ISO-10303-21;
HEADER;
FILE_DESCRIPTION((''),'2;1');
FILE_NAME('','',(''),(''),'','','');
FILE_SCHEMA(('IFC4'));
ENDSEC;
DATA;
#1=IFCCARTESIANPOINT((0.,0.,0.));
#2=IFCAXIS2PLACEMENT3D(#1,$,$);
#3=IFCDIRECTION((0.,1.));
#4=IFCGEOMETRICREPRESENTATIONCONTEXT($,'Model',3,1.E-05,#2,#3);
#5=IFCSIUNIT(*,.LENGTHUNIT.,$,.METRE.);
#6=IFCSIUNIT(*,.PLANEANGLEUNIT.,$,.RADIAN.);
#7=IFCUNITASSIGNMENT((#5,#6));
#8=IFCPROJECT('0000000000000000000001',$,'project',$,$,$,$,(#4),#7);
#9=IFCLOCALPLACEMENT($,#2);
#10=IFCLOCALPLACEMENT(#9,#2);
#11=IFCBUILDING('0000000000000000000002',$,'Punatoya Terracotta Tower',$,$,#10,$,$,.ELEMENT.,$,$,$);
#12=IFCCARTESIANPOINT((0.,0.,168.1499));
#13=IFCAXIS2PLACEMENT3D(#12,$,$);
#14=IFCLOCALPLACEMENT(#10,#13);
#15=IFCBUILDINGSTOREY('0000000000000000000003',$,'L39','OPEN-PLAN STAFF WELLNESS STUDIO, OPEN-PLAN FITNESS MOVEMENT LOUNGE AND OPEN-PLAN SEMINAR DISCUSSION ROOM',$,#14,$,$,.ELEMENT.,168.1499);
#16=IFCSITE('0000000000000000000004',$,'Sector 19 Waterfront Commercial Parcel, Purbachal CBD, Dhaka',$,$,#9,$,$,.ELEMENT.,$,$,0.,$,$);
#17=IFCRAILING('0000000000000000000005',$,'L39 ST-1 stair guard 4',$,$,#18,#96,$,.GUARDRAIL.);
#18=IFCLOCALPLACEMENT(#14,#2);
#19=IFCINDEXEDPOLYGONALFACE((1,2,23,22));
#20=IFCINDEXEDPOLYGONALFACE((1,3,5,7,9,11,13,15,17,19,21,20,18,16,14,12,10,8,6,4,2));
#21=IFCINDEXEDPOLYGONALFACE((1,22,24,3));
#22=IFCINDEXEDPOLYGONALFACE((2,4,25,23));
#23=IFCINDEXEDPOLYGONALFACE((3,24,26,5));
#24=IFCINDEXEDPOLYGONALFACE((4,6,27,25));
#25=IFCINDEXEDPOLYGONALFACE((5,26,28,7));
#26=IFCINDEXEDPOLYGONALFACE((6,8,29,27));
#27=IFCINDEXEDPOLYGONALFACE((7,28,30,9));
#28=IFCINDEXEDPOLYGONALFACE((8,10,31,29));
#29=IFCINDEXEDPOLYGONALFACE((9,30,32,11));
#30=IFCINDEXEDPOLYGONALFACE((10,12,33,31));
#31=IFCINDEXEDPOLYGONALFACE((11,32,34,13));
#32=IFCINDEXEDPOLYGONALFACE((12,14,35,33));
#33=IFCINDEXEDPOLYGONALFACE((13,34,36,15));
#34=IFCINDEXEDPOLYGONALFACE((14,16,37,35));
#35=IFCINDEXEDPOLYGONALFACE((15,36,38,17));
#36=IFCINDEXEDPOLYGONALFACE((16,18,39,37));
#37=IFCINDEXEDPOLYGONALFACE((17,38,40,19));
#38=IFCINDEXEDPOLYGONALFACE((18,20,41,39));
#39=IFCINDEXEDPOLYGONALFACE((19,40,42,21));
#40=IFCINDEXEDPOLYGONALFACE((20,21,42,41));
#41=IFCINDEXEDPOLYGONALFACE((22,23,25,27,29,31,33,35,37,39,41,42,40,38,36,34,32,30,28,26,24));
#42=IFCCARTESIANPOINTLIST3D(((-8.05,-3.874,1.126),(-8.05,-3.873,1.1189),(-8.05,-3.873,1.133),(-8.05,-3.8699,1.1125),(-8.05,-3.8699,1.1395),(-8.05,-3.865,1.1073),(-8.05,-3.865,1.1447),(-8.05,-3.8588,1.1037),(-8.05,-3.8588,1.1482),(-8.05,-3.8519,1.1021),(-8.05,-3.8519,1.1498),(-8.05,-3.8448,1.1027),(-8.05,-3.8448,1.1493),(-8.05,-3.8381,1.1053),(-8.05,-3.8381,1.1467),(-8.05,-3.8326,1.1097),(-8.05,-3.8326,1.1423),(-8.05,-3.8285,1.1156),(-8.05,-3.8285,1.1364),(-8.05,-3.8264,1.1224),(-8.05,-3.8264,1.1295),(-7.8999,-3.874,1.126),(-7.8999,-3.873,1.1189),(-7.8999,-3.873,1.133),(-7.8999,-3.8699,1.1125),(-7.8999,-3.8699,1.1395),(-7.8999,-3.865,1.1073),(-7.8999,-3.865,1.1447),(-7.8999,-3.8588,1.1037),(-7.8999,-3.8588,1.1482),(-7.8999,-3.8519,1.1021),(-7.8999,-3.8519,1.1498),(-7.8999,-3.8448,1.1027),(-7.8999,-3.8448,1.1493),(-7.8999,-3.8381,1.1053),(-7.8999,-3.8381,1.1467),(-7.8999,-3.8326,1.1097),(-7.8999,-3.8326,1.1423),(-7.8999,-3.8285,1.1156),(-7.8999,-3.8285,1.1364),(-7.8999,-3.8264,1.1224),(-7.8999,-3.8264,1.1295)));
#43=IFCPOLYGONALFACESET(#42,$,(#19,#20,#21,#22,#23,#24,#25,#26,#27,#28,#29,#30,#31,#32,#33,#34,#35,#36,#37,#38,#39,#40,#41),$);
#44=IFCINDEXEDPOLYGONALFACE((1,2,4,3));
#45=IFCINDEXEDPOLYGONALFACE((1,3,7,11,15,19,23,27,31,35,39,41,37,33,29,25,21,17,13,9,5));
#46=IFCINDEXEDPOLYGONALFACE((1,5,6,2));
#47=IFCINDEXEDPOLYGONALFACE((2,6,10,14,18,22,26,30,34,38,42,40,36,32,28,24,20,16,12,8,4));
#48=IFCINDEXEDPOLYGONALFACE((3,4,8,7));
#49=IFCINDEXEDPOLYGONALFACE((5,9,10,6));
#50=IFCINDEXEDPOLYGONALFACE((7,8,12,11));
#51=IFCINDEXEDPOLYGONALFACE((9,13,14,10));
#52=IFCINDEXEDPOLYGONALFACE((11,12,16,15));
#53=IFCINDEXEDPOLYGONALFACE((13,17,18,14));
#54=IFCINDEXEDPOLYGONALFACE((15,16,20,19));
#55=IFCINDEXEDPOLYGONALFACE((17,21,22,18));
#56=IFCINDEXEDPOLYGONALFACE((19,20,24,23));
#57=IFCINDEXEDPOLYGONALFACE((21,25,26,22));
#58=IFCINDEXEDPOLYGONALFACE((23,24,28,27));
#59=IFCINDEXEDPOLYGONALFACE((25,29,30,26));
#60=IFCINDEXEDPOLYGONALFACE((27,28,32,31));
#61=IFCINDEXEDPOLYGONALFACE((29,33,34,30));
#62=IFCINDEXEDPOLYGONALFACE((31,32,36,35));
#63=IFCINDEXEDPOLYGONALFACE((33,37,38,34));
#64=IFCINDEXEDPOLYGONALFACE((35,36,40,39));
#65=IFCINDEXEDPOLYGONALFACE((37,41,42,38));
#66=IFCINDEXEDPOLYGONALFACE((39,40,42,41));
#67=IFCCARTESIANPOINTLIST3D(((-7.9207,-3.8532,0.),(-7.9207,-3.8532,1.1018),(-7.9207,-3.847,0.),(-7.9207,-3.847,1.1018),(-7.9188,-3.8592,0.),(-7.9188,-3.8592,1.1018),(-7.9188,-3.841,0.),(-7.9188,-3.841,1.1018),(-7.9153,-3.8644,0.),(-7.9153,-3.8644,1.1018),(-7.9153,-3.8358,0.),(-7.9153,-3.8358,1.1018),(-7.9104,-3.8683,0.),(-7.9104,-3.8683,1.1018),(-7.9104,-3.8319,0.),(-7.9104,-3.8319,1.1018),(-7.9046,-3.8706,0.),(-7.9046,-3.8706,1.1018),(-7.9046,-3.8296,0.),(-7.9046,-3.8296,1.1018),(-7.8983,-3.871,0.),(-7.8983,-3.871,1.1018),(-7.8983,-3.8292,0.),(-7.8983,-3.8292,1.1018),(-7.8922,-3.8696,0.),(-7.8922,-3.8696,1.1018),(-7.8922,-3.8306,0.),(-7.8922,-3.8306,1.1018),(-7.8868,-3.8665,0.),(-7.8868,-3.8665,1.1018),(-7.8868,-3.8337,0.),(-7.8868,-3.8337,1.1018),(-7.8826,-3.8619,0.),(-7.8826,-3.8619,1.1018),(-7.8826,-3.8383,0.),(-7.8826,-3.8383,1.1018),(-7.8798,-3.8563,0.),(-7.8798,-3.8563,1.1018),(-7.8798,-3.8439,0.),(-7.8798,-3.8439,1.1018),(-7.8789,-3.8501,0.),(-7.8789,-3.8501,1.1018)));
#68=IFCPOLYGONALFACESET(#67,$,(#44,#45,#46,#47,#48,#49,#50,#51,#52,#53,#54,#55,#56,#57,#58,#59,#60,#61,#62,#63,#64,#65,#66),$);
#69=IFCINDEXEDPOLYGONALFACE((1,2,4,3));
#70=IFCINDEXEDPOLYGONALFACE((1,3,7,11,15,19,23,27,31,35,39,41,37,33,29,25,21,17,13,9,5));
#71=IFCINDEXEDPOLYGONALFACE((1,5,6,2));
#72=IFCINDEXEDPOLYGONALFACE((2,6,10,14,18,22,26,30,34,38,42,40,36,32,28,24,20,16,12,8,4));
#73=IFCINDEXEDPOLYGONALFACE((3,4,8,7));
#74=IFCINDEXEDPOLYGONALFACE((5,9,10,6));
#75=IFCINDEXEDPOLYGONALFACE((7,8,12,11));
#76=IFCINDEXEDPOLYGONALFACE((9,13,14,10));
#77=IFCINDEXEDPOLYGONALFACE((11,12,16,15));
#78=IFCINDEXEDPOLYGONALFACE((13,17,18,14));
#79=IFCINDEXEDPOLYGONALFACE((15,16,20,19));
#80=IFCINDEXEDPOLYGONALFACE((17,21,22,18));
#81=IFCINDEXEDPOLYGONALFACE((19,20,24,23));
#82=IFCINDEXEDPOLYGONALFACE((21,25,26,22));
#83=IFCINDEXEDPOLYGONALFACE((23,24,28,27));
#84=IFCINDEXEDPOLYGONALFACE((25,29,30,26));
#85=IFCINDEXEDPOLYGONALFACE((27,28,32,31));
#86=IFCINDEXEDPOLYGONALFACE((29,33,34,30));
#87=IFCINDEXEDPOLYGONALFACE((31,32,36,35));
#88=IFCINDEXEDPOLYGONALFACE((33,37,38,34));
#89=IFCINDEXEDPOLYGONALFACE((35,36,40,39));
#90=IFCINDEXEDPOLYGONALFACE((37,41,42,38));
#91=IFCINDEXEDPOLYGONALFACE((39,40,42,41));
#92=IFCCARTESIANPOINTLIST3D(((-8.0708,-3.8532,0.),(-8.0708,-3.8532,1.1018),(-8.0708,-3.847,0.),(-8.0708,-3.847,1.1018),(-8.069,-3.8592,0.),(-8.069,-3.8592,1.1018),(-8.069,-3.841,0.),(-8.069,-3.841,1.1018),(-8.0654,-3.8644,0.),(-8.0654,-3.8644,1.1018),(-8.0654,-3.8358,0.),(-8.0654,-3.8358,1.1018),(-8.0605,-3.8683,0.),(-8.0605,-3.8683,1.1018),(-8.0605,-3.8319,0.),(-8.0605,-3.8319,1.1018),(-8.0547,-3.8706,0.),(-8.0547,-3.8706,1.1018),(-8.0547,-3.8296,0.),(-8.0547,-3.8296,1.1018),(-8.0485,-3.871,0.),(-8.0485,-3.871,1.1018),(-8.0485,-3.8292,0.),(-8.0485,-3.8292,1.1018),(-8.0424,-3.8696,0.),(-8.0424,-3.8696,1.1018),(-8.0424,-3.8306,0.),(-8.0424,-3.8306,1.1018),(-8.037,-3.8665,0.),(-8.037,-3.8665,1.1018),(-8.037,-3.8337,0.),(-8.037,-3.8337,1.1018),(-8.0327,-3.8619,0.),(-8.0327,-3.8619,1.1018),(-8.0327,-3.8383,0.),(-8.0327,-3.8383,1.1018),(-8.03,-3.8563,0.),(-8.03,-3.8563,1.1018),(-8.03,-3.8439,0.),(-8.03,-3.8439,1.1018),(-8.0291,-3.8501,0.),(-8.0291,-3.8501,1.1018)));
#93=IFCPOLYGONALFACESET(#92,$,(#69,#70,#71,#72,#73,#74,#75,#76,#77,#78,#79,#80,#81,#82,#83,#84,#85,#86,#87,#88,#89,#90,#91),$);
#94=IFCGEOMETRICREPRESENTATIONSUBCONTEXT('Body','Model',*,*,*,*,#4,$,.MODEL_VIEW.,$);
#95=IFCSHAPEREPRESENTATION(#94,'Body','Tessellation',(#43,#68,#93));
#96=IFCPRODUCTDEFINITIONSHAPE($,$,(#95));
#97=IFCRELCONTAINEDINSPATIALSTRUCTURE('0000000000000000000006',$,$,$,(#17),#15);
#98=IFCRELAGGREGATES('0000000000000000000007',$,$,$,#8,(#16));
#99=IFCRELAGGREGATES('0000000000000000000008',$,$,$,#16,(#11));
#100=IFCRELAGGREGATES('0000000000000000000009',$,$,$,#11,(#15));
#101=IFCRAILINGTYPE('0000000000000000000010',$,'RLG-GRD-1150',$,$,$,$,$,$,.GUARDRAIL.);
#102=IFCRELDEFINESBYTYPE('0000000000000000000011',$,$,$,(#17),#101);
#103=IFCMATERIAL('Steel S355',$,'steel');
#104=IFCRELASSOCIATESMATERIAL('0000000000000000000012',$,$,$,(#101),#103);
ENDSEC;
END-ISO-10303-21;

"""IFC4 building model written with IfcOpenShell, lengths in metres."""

from ifc_helpers import new_model, si_unit, direction, frame, origin, origin_2d, place, context, subcontext, project, spatial, circle, extrude, material, type_object, element, save


model = new_model("IFC4")

# Units and contexts
model_context = context("Model", 3, precision=1e-05, world=origin(), true_north=direction((0.0, 1.0)))
body_context = subcontext(model_context, "Body", "Model", "MODEL_VIEW")
ifc_project = project(units=[si_unit("LENGTHUNIT", "METRE"), si_unit("PLANEANGLEUNIT", "RADIAN")], contexts=[model_context])

# Site, building, storey
site_placement = place(None, origin())
site = spatial("IfcSite", under=ifc_project, at=site_placement, Name="Sector 19 Waterfront Commercial Parcel, Purbachal CBD, Dhaka", CompositionType="ELEMENT", RefElevation=0.0)
building_placement = place(site_placement, origin())
building = spatial("IfcBuilding", under=site, at=building_placement, Name="Punatoya Terracotta Tower", CompositionType="ELEMENT")
storey_placement = place(building_placement, frame((0.0, 0.0, 168.1499)))
storey = spatial("IfcBuildingStorey", under=building, at=storey_placement, Name="L39", Description="OPEN-PLAN STAFF WELLNESS STUDIO, OPEN-PLAN FITNESS MOVEMENT LOUNGE AND OPEN-PLAN SEMINAR DISCUSSION ROOM", CompositionType="ELEMENT", Elevation=168.1499)

# Railing
ifc_material_1 = material(Name="Steel S355", Category="steel")
railing_type_1 = type_object("IfcRailingType", Name="RLG-GRD-1150", PredefinedType="GUARDRAIL", material=ifc_material_1)
railing_1_placement = place(storey_placement, frame((-7.8999, -3.8501, 0.0)))
element("IfcRailing", 1, at=railing_1_placement, inside=storey, type_object=railing_type_1, Name="L39 ST-1 stair guard 4", PredefinedType="GUARDRAIL", context=body_context, shape_type="SweptSolid", body=[
    extrude(circle(Radius=0.0239, at=origin_2d()), frame((0.0, 0.0, 1.126), z_axis=(-1.0, 0.0, 0.0), x_axis=(0.0, -1.0, 0.0)), (0.0, 0.0, 1.0), 0.1501),
    extrude(circle(Radius=0.021, at=origin_2d()), origin(), (0.0, 0.0, 1.0), 1.1018),
    extrude(circle(Radius=0.021, at=origin_2d()), frame((-0.1501, 0.0, 0.0)), (0.0, 0.0, 1.0), 1.1018),
])

save(model, "model.ifc")
